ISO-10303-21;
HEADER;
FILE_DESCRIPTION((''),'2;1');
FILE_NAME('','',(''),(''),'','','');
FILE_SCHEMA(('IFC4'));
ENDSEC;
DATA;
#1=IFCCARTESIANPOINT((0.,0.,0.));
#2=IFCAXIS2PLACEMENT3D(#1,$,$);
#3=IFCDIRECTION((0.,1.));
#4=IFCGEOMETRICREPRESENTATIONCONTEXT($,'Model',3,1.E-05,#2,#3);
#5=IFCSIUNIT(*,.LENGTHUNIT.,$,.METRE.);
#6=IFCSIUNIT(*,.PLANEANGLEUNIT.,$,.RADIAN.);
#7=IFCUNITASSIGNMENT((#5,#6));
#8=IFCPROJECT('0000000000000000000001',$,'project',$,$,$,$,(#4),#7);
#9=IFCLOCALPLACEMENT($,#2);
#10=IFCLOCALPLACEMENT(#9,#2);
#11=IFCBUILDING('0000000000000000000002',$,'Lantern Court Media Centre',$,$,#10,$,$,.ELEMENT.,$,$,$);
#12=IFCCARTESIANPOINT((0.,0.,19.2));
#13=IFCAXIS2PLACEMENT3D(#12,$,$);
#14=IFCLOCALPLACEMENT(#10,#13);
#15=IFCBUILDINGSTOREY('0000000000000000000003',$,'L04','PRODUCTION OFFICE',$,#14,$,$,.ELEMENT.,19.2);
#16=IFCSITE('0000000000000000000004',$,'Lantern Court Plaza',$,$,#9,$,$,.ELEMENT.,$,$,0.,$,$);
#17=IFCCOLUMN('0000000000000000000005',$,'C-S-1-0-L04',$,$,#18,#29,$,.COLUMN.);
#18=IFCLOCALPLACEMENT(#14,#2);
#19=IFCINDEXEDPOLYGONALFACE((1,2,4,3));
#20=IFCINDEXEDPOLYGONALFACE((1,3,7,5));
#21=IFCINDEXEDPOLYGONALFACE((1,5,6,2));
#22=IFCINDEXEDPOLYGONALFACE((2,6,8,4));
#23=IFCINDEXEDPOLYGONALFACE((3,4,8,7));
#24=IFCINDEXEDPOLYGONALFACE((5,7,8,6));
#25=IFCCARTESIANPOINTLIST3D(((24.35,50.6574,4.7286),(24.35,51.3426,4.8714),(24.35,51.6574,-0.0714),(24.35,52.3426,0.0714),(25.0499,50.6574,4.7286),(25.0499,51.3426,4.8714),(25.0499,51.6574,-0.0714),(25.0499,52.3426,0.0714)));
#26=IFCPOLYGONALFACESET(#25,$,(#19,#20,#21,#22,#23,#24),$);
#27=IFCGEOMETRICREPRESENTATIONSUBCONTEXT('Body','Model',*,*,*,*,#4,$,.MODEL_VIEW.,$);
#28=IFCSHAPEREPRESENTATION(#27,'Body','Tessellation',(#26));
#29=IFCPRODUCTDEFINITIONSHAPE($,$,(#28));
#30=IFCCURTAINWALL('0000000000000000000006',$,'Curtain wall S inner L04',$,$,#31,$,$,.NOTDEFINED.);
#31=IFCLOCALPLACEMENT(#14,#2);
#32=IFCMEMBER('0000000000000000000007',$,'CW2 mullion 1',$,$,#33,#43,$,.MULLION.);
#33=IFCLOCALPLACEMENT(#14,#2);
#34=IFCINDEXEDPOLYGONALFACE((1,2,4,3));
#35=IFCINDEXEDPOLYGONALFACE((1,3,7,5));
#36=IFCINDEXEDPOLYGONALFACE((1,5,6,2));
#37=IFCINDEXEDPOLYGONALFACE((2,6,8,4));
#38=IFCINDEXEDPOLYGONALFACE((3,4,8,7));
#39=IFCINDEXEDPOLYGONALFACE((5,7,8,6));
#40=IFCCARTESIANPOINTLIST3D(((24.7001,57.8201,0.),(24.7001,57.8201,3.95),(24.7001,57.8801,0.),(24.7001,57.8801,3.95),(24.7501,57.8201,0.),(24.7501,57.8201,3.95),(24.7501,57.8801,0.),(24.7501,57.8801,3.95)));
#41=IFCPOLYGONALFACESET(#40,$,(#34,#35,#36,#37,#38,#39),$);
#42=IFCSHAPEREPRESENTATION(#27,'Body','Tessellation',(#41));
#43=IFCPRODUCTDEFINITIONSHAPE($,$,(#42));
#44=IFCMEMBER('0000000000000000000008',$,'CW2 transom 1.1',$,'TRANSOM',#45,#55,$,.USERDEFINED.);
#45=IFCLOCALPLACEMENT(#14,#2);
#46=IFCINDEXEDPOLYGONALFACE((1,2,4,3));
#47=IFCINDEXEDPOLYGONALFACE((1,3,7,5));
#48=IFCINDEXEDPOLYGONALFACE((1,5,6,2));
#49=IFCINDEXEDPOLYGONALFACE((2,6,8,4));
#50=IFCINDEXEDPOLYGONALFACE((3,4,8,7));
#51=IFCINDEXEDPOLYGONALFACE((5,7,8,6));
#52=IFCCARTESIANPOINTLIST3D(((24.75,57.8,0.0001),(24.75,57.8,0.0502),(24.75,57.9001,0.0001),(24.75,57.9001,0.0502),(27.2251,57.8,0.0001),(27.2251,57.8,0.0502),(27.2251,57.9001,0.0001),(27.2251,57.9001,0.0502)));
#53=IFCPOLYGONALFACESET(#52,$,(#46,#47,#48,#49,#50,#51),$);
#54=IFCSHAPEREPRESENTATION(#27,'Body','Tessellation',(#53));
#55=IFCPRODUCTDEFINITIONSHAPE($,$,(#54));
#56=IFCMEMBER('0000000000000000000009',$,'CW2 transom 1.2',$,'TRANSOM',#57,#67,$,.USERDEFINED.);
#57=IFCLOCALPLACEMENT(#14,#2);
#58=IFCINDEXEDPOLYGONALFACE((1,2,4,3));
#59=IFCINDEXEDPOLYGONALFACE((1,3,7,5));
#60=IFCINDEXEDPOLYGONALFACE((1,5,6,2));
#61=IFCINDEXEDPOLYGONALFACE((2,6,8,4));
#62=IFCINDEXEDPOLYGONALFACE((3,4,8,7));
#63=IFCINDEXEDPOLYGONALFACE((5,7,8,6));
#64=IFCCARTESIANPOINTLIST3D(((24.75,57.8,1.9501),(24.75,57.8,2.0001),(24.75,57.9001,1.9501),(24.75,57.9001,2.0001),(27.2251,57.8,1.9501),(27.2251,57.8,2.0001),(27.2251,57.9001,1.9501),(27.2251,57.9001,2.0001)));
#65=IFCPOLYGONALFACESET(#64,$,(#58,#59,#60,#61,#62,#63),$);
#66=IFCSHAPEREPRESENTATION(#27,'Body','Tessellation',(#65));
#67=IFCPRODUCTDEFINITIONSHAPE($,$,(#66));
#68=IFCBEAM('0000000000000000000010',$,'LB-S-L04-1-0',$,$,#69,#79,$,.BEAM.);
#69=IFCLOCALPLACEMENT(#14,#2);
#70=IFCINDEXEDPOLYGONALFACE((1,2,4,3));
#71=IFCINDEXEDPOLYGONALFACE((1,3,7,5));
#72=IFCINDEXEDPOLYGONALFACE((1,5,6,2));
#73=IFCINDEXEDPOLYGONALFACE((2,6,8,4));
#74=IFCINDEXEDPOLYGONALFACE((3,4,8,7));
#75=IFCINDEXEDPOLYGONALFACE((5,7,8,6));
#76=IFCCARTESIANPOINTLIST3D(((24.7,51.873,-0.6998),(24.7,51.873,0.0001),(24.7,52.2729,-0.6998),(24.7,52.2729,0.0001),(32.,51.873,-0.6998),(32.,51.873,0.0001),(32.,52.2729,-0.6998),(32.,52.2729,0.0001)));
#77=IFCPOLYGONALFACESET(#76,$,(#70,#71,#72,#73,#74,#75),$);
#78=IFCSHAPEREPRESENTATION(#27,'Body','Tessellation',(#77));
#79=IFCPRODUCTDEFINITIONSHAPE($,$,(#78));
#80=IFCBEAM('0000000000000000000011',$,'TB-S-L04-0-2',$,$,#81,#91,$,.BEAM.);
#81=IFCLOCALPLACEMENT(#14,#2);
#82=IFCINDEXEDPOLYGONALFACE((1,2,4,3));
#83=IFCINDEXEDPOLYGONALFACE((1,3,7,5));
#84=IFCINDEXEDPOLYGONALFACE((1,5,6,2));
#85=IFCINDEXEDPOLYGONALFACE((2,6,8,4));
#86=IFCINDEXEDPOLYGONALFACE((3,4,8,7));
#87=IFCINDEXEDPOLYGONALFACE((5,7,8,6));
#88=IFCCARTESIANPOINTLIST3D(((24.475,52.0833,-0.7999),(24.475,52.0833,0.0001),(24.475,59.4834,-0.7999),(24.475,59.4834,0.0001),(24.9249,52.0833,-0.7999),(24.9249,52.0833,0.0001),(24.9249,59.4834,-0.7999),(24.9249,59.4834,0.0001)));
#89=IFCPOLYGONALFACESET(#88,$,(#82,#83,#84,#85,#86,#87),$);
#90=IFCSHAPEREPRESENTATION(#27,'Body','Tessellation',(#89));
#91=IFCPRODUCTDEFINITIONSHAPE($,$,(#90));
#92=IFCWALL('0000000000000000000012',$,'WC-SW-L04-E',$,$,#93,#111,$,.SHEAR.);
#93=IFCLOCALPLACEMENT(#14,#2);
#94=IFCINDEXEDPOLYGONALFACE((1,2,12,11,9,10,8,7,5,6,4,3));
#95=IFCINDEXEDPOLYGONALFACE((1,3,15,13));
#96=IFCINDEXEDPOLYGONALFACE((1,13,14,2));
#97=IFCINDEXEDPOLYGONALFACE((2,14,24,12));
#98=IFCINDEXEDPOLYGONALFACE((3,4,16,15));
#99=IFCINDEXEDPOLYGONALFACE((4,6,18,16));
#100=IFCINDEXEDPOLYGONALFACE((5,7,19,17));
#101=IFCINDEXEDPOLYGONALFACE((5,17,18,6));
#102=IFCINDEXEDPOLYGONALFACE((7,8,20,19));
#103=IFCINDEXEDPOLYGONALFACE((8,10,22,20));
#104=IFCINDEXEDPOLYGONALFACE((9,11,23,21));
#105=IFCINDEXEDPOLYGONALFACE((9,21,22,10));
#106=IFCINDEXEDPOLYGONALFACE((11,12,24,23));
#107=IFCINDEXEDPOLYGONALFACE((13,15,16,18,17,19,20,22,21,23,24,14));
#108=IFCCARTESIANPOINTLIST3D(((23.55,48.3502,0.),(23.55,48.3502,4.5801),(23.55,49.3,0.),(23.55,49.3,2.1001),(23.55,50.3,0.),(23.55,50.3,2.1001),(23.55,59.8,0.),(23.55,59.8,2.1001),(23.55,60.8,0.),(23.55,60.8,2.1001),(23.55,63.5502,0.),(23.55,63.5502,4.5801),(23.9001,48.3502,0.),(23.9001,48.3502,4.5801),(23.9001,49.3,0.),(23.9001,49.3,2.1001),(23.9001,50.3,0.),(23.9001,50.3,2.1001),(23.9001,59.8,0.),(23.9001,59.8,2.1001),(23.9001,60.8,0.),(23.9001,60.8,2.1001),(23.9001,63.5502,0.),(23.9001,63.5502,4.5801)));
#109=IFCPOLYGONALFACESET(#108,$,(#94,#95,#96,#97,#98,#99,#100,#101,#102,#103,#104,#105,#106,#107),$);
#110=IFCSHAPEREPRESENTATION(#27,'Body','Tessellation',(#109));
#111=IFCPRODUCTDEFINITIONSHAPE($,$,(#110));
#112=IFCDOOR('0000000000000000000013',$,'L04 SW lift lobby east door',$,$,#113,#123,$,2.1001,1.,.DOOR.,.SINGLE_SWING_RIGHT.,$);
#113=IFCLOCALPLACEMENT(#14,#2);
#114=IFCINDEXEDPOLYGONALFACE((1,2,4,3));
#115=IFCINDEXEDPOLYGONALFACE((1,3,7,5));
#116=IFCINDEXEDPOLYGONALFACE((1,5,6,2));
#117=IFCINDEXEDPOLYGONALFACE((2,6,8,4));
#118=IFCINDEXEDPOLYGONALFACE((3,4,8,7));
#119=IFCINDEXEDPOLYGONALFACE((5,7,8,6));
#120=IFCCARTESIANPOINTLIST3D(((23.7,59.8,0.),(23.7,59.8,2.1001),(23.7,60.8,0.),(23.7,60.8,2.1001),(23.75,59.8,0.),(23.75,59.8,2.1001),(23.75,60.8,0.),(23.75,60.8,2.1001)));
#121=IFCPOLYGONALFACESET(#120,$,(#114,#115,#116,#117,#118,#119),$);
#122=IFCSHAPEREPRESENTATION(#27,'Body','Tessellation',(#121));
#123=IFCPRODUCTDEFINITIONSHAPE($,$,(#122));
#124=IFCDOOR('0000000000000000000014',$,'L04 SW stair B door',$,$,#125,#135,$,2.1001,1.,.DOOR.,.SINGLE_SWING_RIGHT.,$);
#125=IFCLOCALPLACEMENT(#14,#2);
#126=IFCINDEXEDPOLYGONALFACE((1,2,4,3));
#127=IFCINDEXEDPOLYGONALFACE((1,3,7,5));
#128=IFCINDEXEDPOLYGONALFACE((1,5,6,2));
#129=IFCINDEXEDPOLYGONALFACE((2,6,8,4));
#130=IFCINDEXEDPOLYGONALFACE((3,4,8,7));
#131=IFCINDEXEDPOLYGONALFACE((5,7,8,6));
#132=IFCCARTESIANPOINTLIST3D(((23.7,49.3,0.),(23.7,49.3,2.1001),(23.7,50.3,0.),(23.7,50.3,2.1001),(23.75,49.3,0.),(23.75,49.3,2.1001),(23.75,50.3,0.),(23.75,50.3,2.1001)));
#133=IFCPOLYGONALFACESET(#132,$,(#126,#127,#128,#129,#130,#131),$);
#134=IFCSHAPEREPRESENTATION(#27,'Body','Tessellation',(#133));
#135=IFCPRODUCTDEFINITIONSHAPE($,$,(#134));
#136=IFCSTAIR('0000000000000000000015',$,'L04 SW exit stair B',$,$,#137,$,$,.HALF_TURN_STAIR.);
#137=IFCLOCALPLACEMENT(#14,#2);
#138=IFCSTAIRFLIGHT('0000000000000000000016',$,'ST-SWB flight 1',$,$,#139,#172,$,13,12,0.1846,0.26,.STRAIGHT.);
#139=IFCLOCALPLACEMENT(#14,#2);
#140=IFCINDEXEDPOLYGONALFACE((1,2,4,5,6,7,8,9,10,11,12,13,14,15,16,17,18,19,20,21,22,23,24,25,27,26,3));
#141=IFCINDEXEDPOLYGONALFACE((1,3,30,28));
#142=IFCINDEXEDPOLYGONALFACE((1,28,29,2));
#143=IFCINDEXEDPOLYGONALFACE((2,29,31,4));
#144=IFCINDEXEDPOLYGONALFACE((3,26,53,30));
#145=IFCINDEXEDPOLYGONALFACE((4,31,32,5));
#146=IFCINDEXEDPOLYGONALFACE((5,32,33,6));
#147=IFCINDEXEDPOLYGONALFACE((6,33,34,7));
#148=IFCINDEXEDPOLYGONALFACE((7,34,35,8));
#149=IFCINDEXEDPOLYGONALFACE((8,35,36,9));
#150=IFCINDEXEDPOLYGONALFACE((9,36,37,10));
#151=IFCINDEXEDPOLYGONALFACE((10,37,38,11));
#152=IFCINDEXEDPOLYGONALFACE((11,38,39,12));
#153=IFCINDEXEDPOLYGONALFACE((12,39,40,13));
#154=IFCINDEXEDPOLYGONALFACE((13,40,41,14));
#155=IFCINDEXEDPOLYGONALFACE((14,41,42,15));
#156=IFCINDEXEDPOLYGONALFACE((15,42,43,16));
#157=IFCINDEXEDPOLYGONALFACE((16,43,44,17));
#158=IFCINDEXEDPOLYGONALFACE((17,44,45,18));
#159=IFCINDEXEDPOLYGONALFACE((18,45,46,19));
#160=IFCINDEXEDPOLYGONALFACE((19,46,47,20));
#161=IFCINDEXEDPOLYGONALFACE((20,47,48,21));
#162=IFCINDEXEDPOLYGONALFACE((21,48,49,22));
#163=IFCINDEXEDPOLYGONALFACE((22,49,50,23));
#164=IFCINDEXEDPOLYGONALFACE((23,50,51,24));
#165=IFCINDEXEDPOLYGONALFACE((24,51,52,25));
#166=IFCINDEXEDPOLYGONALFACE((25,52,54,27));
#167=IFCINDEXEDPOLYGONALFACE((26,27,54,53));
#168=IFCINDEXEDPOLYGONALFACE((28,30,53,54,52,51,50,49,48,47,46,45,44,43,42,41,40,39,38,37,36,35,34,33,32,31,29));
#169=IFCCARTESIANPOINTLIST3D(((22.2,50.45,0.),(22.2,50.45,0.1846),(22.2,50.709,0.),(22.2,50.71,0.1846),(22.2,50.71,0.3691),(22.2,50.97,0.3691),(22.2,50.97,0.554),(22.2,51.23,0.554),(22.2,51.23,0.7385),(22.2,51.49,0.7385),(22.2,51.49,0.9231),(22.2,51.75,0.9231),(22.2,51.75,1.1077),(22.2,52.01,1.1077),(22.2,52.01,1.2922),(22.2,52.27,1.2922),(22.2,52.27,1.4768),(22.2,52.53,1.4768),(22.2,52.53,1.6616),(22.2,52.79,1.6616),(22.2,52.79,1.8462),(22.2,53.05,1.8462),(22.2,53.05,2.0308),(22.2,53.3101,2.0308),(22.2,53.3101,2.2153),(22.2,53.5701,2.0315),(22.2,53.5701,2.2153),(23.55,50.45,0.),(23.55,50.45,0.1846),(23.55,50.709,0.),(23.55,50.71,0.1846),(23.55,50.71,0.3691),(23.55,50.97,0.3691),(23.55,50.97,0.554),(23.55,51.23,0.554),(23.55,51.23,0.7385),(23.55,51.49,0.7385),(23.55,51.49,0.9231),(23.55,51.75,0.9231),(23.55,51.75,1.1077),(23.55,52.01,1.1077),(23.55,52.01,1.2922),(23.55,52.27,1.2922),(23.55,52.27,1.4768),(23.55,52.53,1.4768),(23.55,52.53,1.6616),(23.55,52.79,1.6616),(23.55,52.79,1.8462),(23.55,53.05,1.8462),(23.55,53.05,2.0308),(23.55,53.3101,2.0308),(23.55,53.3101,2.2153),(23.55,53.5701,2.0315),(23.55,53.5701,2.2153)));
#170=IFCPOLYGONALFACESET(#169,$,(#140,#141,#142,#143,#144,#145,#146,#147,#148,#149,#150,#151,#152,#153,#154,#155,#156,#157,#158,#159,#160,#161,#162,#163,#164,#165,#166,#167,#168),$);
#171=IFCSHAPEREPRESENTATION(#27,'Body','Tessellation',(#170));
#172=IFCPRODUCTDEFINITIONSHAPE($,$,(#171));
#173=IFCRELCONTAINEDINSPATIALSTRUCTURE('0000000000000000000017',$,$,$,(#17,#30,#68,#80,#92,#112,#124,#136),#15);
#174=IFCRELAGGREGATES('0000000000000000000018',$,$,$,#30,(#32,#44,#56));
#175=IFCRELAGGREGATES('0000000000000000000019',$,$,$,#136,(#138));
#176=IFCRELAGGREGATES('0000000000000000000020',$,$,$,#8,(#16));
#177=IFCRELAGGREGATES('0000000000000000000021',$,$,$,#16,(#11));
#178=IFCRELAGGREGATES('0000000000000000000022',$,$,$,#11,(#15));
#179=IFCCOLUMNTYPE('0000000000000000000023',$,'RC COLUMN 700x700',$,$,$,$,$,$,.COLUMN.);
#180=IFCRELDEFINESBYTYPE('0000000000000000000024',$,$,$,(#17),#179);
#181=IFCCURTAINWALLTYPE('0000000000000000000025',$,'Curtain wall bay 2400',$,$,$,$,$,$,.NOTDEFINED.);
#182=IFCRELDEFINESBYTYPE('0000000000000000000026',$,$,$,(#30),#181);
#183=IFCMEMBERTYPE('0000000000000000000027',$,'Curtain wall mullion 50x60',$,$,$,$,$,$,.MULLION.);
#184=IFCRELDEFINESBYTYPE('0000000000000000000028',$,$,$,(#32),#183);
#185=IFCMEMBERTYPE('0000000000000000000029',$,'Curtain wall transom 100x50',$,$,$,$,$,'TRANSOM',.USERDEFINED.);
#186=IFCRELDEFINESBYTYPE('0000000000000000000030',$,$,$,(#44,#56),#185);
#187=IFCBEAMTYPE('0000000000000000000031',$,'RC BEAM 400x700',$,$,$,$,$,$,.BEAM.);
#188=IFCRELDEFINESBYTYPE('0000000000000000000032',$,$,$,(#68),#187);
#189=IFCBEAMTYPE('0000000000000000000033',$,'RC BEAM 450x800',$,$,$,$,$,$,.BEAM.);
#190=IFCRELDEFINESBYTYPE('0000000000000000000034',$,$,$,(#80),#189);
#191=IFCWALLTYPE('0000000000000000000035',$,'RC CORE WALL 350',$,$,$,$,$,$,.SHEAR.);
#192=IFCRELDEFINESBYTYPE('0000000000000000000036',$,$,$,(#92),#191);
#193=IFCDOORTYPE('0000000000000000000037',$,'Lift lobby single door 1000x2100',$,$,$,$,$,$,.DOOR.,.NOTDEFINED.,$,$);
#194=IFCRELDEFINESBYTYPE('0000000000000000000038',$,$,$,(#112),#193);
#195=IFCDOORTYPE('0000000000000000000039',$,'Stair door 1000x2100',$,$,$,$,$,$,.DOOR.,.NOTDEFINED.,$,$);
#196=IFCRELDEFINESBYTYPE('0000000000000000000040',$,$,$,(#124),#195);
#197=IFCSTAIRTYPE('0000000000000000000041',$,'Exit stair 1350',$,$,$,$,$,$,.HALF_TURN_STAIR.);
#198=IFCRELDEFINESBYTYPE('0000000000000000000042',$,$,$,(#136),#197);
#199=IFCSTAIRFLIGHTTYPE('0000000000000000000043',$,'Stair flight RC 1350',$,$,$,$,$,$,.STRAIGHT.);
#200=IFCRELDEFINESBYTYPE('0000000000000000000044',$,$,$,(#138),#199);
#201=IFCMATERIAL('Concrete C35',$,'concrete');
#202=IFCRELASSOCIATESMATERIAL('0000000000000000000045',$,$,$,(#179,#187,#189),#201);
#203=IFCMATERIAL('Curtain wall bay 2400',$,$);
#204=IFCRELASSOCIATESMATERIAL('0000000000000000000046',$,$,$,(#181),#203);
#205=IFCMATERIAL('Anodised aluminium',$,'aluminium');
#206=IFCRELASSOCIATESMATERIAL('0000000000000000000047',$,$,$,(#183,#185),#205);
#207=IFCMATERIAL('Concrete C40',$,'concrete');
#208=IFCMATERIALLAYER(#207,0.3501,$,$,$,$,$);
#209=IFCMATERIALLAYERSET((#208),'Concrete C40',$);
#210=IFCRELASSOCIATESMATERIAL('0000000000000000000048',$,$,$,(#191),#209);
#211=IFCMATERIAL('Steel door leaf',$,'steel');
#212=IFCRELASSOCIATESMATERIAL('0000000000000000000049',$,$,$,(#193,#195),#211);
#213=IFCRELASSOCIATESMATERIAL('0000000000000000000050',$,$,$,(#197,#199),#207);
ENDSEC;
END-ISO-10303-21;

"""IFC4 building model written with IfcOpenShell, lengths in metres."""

from ifc_helpers import new_model, si_unit, direction, frame, frame_2d, origin, origin_2d, place, context, subcontext, project, spatial, polyline, rectangle, outline, extrude, material, layer, layer_set, material_profile, profile_set, type_object, element, fill, aggregate, save


model = new_model("IFC4")

# Units and contexts
model_context = context("Model", 3, precision=1e-05, world=origin(), true_north=direction((0.0, 1.0)))
body_context = subcontext(model_context, "Body", "Model", "MODEL_VIEW")
ifc_project = project(units=[si_unit("LENGTHUNIT", "METRE"), si_unit("PLANEANGLEUNIT", "RADIAN")], contexts=[model_context])

# Site, building, storey
site_placement = place(None, origin())
site = spatial("IfcSite", under=ifc_project, at=site_placement, Name="Lantern Court Plaza", CompositionType="ELEMENT", RefElevation=0.0)
building_placement = place(site_placement, origin())
building = spatial("IfcBuilding", under=site, at=building_placement, Name="Lantern Court Media Centre", CompositionType="ELEMENT")
storey_placement = place(building_placement, frame((0.0, 0.0, 19.2)))
storey = spatial("IfcBuildingStorey", under=building, at=storey_placement, Name="L04", Description="PRODUCTION OFFICE", CompositionType="ELEMENT", Elevation=19.2)

# Column
ifc_material_1 = material(Name="Concrete C35", Category="concrete")
ifc_material_profile_1 = material_profile(ifc_material_1, rectangle(XDim=0.7, YDim=0.7, at=origin_2d()), Name="RC 700x700")
ifc_profile_set_1 = profile_set([ifc_material_profile_1], Name="Concrete C35")
column_type = type_object("IfcColumnType", Name="RC COLUMN 700x700", PredefinedType="COLUMN", material=ifc_profile_set_1)
column_placement = place(storey_placement, frame((24.7, 52.0, 0.0), z_axis=(0.0, -0.203952, 0.978981), x_axis=(1.0, 0.0, 0.0)))
element("IfcColumn", 1, at=column_placement, inside=storey, type_object=column_type, Name="C-S-1-0-L04", PredefinedType="COLUMN", context=body_context, shape_type="SweptSolid", body=[
    extrude(rectangle(XDim=0.7, YDim=0.7, at=origin_2d()), origin(), (0.0, 0.0, 1.0), 4.9031),
])

# Curtain wall, members
ifc_material_2 = material(Name="Curtain wall bay 2400")
curtain_wall_type = type_object("IfcCurtainWallType", Name="Curtain wall bay 2400", PredefinedType="NOTDEFINED", material=ifc_material_2)
curtain_wall_placement = place(storey_placement, origin())
curtain_wall = element("IfcCurtainWall", 2, at=curtain_wall_placement, inside=storey, type_object=curtain_wall_type, Name="Curtain wall S inner L04", PredefinedType="NOTDEFINED")
ifc_material_3 = material(Name="Anodised aluminium", Category="aluminium")
ifc_material_profile_2 = material_profile(ifc_material_3, rectangle(XDim=0.0601, YDim=0.05, at=origin_2d()), Name="AL 50x60")
ifc_profile_set_2 = profile_set([ifc_material_profile_2], Name="Anodised aluminium")
member_type_1 = type_object("IfcMemberType", Name="Curtain wall mullion 50x60", PredefinedType="MULLION", material=ifc_profile_set_2)
member_1_placement = place(storey_placement, frame((24.7251, 57.8501, 0.0), z_axis=(0.0, 0.0, 1.0), x_axis=(0.0, 1.0, 0.0)))
member_1 = element("IfcMember", 3, at=member_1_placement, type_object=member_type_1, Name="CW2 mullion 1", PredefinedType="MULLION", context=body_context, shape_type="SweptSolid", body=[
    extrude(rectangle(XDim=0.0601, YDim=0.05, at=origin_2d()), origin(), (0.0, 0.0, 1.0), 3.95),
])
ifc_material_profile_3 = material_profile(ifc_material_3, rectangle(XDim=0.1001, YDim=0.05, at=origin_2d()), Name="AL 50x100")
ifc_profile_set_3 = profile_set([ifc_material_profile_3], Name="Anodised aluminium")
member_type_2 = type_object("IfcMemberType", Name="Curtain wall transom 100x50", ElementType="TRANSOM", PredefinedType="USERDEFINED", material=ifc_profile_set_3)
member_2_placement = place(storey_placement, frame((24.75, 57.8501, 0.0251), z_axis=(1.0, 0.0, 0.0), x_axis=(0.0, 1.0, 0.0)))
member_2 = element("IfcMember", 4, at=member_2_placement, type_object=member_type_2, Name="CW2 transom 1.1", ObjectType="TRANSOM", PredefinedType="USERDEFINED", context=body_context, shape_type="SweptSolid", body=[
    extrude(rectangle(XDim=0.1001, YDim=0.05, at=origin_2d()), origin(), (0.0, 0.0, 1.0), 2.4751),
])
member_3_placement = place(storey_placement, frame((24.75, 57.8501, 1.9751), z_axis=(1.0, 0.0, 0.0), x_axis=(0.0, 1.0, 0.0)))
member_3 = element("IfcMember", 5, at=member_3_placement, type_object=member_type_2, Name="CW2 transom 1.2", ObjectType="TRANSOM", PredefinedType="USERDEFINED", context=body_context, shape_type="SweptSolid", body=[
    extrude(rectangle(XDim=0.1001, YDim=0.05, at=origin_2d()), origin(), (0.0, 0.0, 1.0), 2.4751),
])
aggregate(curtain_wall, [member_1, member_2, member_3])

# Beams
ifc_material_profile_4 = material_profile(ifc_material_1, rectangle(XDim=0.3999, YDim=0.7, at=origin_2d()), Name="RC 400x700")
ifc_profile_set_4 = profile_set([ifc_material_profile_4], Name="Concrete C35")
beam_type_1 = type_object("IfcBeamType", Name="RC BEAM 400x700", PredefinedType="BEAM", material=ifc_profile_set_4)
beam_1_placement = place(storey_placement, frame((24.7, 52.073, -0.3499), z_axis=(1.0, 0.0, 0.0), x_axis=(0.0, 1.0, 0.0)))
element("IfcBeam", 6, at=beam_1_placement, inside=storey, type_object=beam_type_1, Name="LB-S-L04-1-0", PredefinedType="BEAM", context=body_context, shape_type="SweptSolid", body=[
    extrude(rectangle(XDim=0.3999, YDim=0.7, at=origin_2d()), origin(), (0.0, 0.0, 1.0), 7.3),
])
ifc_material_profile_5 = material_profile(ifc_material_1, rectangle(XDim=0.45, YDim=0.8, at=origin_2d()), Name="RC 450x800")
ifc_profile_set_5 = profile_set([ifc_material_profile_5], Name="Concrete C35")
beam_type_2 = type_object("IfcBeamType", Name="RC BEAM 450x800", PredefinedType="BEAM", material=ifc_profile_set_5)
beam_2_placement = place(storey_placement, frame((24.7, 52.0833, -0.3999), z_axis=(0.0, 1.0, 0.0), x_axis=(-1.0, 0.0, 0.0)))
element("IfcBeam", 7, at=beam_2_placement, inside=storey, type_object=beam_type_2, Name="TB-S-L04-0-2", PredefinedType="BEAM", context=body_context, shape_type="SweptSolid", body=[
    extrude(rectangle(XDim=0.45, YDim=0.8, at=origin_2d()), origin(), (0.0, 0.0, 1.0), 7.4001),
])

# Wall, openings, doors
ifc_material_4 = material(Name="Concrete C40", Category="concrete")
ifc_layer = layer(ifc_material_4, 0.3501)
ifc_layer_set = layer_set([ifc_layer], Name="Concrete C40")
wall_type = type_object("IfcWallType", Name="RC CORE WALL 350", PredefinedType="SHEAR", material=ifc_layer_set)
wall_placement = place(storey_placement, frame((23.7251, 48.3501, 0.0), z_axis=(0.0, 0.0, 1.0), x_axis=(0.0, 1.0, 0.0)))
wall = element("IfcWall", 8, at=wall_placement, inside=storey, type_object=wall_type, Name="WC-SW-L04-E", PredefinedType="SHEAR", context=body_context, shape_type="SweptSolid", body=[
    extrude(rectangle(XDim=15.2, YDim=0.3501, at=frame_2d((7.6001, 0.0))), origin(), (0.0, 0.0, 1.0), 4.5801),
])
opening_1_placement = place(wall_placement, frame((0.95, 0.0, 0.0)))
opening_1 = element("IfcOpeningElement", 9, at=opening_1_placement, cuts=wall, PredefinedType="OPENING", context=body_context, shape_type="SweptSolid", body=[
    extrude(rectangle(XDim=1.0, YDim=2.1001, at=frame_2d((0.5, 1.05))), frame((0.0, 0.1851, 0.0), z_axis=(0.0, -1.0, 0.0), x_axis=(1.0, 0.0, 0.0)), (0.0, 0.0, 1.0), 0.3701),
])
opening_2_placement = place(wall_placement, frame((11.45, 0.0, 0.0)))
opening_2 = element("IfcOpeningElement", 10, at=opening_2_placement, cuts=wall, PredefinedType="OPENING", context=body_context, shape_type="SweptSolid", body=[
    extrude(rectangle(XDim=1.0, YDim=2.1001, at=frame_2d((0.5, 1.05))), frame((0.0, 0.1851, 0.0), z_axis=(0.0, -1.0, 0.0), x_axis=(1.0, 0.0, 0.0)), (0.0, 0.0, 1.0), 0.3701),
])
ifc_material_5 = material(Name="Steel door leaf", Category="steel")
door_type_1 = type_object("IfcDoorType", Name="Lift lobby single door 1000x2100", OperationType="NOTDEFINED", PredefinedType="DOOR", material=ifc_material_5)
door_1_placement = place(opening_2_placement, frame((1.0, 0.0, 0.0), z_axis=(0.0, 0.0, 1.0), x_axis=(-1.0, 0.0, 0.0)))
door_1 = element("IfcDoor", 11, at=door_1_placement, inside=storey, type_object=door_type_1, Name="L04 SW lift lobby east door", OperationType="SINGLE_SWING_RIGHT", OverallHeight=2.1001, OverallWidth=1.0, PredefinedType="DOOR", context=body_context, shape_type="SweptSolid", body=[
    extrude(rectangle(XDim=1.0, YDim=2.1001, at=frame_2d((0.5, 1.05))), frame((0.0, 0.0249, 0.0), z_axis=(0.0, -1.0, 0.0), x_axis=(1.0, 0.0, 0.0)), (0.0, 0.0, 1.0), 0.05),
])
fill(opening_2, door_1)
door_type_2 = type_object("IfcDoorType", Name="Stair door 1000x2100", OperationType="NOTDEFINED", PredefinedType="DOOR", material=ifc_material_5)
door_2_placement = place(opening_1_placement, frame((1.0, 0.0, 0.0), z_axis=(0.0, 0.0, 1.0), x_axis=(-1.0, 0.0, 0.0)))
door_2 = element("IfcDoor", 12, at=door_2_placement, inside=storey, type_object=door_type_2, Name="L04 SW stair B door", OperationType="SINGLE_SWING_RIGHT", OverallHeight=2.1001, OverallWidth=1.0, PredefinedType="DOOR", context=body_context, shape_type="SweptSolid", body=[
    extrude(rectangle(XDim=1.0, YDim=2.1001, at=frame_2d((0.5, 1.05))), frame((0.0, 0.0249, 0.0), z_axis=(0.0, -1.0, 0.0), x_axis=(1.0, 0.0, 0.0)), (0.0, 0.0, 1.0), 0.05),
])
fill(opening_1, door_2)

# Stair, stair flight
stair_type = type_object("IfcStairType", Name="Exit stair 1350", PredefinedType="HALF_TURN_STAIR", material=ifc_material_4)
stair_placement = place(storey_placement, origin())
stair = element("IfcStair", 13, at=stair_placement, inside=storey, type_object=stair_type, Name="L04 SW exit stair B", PredefinedType="HALF_TURN_STAIR")
stair_flight_type = type_object("IfcStairFlightType", Name="Stair flight RC 1350", PredefinedType="STRAIGHT", material=ifc_material_4)
stair_flight_1_placement = place(storey_placement, frame((22.875, 50.45, 0.0), z_axis=(0.0, 0.0, 1.0), x_axis=(0.0, 1.0, 0.0)))
stair_flight_1 = element("IfcStairFlight", 14, at=stair_flight_1_placement, type_object=stair_flight_type, Name="ST-SWB flight 1", NumberOfRisers=13, NumberOfTreads=12, PredefinedType="STRAIGHT", RiserHeight=0.1846, TreadLength=0.26, context=body_context, shape_type="SweptSolid", body=[
    extrude(outline(polyline([(0.0, 0.0), (0.0, 0.1846), (0.26, 0.1846), (0.26, 0.3691), (0.52, 0.3691), (0.52, 0.554), (0.78, 0.554), (0.78, 0.7385), (1.04, 0.7385), (1.04, 0.9231), (1.3, 0.9231), (1.3, 1.1077), (1.5601, 1.1077), (1.5601, 1.2922), (1.8201, 1.2922), (1.8201, 1.4768), (2.0801, 1.4768), (2.0801, 1.6616), (2.3401, 1.6616), (2.3401, 1.8462), (2.6001, 1.8462), (2.6001, 2.0308), (2.8601, 2.0308), (2.8601, 2.2153), (3.1201, 2.2153), (3.1201, 2.3999), (3.1201, 2.0315), (0.259, 0.0), (0.0, 0.0)])), frame((0.0, 0.675, 0.0), z_axis=(0.0, -1.0, 0.0), x_axis=(1.0, 0.0, 0.0)), (0.0, 0.0, 1.0), 1.3501),
])
aggregate(stair, [stair_flight_1])

save(model, "model.ifc")
